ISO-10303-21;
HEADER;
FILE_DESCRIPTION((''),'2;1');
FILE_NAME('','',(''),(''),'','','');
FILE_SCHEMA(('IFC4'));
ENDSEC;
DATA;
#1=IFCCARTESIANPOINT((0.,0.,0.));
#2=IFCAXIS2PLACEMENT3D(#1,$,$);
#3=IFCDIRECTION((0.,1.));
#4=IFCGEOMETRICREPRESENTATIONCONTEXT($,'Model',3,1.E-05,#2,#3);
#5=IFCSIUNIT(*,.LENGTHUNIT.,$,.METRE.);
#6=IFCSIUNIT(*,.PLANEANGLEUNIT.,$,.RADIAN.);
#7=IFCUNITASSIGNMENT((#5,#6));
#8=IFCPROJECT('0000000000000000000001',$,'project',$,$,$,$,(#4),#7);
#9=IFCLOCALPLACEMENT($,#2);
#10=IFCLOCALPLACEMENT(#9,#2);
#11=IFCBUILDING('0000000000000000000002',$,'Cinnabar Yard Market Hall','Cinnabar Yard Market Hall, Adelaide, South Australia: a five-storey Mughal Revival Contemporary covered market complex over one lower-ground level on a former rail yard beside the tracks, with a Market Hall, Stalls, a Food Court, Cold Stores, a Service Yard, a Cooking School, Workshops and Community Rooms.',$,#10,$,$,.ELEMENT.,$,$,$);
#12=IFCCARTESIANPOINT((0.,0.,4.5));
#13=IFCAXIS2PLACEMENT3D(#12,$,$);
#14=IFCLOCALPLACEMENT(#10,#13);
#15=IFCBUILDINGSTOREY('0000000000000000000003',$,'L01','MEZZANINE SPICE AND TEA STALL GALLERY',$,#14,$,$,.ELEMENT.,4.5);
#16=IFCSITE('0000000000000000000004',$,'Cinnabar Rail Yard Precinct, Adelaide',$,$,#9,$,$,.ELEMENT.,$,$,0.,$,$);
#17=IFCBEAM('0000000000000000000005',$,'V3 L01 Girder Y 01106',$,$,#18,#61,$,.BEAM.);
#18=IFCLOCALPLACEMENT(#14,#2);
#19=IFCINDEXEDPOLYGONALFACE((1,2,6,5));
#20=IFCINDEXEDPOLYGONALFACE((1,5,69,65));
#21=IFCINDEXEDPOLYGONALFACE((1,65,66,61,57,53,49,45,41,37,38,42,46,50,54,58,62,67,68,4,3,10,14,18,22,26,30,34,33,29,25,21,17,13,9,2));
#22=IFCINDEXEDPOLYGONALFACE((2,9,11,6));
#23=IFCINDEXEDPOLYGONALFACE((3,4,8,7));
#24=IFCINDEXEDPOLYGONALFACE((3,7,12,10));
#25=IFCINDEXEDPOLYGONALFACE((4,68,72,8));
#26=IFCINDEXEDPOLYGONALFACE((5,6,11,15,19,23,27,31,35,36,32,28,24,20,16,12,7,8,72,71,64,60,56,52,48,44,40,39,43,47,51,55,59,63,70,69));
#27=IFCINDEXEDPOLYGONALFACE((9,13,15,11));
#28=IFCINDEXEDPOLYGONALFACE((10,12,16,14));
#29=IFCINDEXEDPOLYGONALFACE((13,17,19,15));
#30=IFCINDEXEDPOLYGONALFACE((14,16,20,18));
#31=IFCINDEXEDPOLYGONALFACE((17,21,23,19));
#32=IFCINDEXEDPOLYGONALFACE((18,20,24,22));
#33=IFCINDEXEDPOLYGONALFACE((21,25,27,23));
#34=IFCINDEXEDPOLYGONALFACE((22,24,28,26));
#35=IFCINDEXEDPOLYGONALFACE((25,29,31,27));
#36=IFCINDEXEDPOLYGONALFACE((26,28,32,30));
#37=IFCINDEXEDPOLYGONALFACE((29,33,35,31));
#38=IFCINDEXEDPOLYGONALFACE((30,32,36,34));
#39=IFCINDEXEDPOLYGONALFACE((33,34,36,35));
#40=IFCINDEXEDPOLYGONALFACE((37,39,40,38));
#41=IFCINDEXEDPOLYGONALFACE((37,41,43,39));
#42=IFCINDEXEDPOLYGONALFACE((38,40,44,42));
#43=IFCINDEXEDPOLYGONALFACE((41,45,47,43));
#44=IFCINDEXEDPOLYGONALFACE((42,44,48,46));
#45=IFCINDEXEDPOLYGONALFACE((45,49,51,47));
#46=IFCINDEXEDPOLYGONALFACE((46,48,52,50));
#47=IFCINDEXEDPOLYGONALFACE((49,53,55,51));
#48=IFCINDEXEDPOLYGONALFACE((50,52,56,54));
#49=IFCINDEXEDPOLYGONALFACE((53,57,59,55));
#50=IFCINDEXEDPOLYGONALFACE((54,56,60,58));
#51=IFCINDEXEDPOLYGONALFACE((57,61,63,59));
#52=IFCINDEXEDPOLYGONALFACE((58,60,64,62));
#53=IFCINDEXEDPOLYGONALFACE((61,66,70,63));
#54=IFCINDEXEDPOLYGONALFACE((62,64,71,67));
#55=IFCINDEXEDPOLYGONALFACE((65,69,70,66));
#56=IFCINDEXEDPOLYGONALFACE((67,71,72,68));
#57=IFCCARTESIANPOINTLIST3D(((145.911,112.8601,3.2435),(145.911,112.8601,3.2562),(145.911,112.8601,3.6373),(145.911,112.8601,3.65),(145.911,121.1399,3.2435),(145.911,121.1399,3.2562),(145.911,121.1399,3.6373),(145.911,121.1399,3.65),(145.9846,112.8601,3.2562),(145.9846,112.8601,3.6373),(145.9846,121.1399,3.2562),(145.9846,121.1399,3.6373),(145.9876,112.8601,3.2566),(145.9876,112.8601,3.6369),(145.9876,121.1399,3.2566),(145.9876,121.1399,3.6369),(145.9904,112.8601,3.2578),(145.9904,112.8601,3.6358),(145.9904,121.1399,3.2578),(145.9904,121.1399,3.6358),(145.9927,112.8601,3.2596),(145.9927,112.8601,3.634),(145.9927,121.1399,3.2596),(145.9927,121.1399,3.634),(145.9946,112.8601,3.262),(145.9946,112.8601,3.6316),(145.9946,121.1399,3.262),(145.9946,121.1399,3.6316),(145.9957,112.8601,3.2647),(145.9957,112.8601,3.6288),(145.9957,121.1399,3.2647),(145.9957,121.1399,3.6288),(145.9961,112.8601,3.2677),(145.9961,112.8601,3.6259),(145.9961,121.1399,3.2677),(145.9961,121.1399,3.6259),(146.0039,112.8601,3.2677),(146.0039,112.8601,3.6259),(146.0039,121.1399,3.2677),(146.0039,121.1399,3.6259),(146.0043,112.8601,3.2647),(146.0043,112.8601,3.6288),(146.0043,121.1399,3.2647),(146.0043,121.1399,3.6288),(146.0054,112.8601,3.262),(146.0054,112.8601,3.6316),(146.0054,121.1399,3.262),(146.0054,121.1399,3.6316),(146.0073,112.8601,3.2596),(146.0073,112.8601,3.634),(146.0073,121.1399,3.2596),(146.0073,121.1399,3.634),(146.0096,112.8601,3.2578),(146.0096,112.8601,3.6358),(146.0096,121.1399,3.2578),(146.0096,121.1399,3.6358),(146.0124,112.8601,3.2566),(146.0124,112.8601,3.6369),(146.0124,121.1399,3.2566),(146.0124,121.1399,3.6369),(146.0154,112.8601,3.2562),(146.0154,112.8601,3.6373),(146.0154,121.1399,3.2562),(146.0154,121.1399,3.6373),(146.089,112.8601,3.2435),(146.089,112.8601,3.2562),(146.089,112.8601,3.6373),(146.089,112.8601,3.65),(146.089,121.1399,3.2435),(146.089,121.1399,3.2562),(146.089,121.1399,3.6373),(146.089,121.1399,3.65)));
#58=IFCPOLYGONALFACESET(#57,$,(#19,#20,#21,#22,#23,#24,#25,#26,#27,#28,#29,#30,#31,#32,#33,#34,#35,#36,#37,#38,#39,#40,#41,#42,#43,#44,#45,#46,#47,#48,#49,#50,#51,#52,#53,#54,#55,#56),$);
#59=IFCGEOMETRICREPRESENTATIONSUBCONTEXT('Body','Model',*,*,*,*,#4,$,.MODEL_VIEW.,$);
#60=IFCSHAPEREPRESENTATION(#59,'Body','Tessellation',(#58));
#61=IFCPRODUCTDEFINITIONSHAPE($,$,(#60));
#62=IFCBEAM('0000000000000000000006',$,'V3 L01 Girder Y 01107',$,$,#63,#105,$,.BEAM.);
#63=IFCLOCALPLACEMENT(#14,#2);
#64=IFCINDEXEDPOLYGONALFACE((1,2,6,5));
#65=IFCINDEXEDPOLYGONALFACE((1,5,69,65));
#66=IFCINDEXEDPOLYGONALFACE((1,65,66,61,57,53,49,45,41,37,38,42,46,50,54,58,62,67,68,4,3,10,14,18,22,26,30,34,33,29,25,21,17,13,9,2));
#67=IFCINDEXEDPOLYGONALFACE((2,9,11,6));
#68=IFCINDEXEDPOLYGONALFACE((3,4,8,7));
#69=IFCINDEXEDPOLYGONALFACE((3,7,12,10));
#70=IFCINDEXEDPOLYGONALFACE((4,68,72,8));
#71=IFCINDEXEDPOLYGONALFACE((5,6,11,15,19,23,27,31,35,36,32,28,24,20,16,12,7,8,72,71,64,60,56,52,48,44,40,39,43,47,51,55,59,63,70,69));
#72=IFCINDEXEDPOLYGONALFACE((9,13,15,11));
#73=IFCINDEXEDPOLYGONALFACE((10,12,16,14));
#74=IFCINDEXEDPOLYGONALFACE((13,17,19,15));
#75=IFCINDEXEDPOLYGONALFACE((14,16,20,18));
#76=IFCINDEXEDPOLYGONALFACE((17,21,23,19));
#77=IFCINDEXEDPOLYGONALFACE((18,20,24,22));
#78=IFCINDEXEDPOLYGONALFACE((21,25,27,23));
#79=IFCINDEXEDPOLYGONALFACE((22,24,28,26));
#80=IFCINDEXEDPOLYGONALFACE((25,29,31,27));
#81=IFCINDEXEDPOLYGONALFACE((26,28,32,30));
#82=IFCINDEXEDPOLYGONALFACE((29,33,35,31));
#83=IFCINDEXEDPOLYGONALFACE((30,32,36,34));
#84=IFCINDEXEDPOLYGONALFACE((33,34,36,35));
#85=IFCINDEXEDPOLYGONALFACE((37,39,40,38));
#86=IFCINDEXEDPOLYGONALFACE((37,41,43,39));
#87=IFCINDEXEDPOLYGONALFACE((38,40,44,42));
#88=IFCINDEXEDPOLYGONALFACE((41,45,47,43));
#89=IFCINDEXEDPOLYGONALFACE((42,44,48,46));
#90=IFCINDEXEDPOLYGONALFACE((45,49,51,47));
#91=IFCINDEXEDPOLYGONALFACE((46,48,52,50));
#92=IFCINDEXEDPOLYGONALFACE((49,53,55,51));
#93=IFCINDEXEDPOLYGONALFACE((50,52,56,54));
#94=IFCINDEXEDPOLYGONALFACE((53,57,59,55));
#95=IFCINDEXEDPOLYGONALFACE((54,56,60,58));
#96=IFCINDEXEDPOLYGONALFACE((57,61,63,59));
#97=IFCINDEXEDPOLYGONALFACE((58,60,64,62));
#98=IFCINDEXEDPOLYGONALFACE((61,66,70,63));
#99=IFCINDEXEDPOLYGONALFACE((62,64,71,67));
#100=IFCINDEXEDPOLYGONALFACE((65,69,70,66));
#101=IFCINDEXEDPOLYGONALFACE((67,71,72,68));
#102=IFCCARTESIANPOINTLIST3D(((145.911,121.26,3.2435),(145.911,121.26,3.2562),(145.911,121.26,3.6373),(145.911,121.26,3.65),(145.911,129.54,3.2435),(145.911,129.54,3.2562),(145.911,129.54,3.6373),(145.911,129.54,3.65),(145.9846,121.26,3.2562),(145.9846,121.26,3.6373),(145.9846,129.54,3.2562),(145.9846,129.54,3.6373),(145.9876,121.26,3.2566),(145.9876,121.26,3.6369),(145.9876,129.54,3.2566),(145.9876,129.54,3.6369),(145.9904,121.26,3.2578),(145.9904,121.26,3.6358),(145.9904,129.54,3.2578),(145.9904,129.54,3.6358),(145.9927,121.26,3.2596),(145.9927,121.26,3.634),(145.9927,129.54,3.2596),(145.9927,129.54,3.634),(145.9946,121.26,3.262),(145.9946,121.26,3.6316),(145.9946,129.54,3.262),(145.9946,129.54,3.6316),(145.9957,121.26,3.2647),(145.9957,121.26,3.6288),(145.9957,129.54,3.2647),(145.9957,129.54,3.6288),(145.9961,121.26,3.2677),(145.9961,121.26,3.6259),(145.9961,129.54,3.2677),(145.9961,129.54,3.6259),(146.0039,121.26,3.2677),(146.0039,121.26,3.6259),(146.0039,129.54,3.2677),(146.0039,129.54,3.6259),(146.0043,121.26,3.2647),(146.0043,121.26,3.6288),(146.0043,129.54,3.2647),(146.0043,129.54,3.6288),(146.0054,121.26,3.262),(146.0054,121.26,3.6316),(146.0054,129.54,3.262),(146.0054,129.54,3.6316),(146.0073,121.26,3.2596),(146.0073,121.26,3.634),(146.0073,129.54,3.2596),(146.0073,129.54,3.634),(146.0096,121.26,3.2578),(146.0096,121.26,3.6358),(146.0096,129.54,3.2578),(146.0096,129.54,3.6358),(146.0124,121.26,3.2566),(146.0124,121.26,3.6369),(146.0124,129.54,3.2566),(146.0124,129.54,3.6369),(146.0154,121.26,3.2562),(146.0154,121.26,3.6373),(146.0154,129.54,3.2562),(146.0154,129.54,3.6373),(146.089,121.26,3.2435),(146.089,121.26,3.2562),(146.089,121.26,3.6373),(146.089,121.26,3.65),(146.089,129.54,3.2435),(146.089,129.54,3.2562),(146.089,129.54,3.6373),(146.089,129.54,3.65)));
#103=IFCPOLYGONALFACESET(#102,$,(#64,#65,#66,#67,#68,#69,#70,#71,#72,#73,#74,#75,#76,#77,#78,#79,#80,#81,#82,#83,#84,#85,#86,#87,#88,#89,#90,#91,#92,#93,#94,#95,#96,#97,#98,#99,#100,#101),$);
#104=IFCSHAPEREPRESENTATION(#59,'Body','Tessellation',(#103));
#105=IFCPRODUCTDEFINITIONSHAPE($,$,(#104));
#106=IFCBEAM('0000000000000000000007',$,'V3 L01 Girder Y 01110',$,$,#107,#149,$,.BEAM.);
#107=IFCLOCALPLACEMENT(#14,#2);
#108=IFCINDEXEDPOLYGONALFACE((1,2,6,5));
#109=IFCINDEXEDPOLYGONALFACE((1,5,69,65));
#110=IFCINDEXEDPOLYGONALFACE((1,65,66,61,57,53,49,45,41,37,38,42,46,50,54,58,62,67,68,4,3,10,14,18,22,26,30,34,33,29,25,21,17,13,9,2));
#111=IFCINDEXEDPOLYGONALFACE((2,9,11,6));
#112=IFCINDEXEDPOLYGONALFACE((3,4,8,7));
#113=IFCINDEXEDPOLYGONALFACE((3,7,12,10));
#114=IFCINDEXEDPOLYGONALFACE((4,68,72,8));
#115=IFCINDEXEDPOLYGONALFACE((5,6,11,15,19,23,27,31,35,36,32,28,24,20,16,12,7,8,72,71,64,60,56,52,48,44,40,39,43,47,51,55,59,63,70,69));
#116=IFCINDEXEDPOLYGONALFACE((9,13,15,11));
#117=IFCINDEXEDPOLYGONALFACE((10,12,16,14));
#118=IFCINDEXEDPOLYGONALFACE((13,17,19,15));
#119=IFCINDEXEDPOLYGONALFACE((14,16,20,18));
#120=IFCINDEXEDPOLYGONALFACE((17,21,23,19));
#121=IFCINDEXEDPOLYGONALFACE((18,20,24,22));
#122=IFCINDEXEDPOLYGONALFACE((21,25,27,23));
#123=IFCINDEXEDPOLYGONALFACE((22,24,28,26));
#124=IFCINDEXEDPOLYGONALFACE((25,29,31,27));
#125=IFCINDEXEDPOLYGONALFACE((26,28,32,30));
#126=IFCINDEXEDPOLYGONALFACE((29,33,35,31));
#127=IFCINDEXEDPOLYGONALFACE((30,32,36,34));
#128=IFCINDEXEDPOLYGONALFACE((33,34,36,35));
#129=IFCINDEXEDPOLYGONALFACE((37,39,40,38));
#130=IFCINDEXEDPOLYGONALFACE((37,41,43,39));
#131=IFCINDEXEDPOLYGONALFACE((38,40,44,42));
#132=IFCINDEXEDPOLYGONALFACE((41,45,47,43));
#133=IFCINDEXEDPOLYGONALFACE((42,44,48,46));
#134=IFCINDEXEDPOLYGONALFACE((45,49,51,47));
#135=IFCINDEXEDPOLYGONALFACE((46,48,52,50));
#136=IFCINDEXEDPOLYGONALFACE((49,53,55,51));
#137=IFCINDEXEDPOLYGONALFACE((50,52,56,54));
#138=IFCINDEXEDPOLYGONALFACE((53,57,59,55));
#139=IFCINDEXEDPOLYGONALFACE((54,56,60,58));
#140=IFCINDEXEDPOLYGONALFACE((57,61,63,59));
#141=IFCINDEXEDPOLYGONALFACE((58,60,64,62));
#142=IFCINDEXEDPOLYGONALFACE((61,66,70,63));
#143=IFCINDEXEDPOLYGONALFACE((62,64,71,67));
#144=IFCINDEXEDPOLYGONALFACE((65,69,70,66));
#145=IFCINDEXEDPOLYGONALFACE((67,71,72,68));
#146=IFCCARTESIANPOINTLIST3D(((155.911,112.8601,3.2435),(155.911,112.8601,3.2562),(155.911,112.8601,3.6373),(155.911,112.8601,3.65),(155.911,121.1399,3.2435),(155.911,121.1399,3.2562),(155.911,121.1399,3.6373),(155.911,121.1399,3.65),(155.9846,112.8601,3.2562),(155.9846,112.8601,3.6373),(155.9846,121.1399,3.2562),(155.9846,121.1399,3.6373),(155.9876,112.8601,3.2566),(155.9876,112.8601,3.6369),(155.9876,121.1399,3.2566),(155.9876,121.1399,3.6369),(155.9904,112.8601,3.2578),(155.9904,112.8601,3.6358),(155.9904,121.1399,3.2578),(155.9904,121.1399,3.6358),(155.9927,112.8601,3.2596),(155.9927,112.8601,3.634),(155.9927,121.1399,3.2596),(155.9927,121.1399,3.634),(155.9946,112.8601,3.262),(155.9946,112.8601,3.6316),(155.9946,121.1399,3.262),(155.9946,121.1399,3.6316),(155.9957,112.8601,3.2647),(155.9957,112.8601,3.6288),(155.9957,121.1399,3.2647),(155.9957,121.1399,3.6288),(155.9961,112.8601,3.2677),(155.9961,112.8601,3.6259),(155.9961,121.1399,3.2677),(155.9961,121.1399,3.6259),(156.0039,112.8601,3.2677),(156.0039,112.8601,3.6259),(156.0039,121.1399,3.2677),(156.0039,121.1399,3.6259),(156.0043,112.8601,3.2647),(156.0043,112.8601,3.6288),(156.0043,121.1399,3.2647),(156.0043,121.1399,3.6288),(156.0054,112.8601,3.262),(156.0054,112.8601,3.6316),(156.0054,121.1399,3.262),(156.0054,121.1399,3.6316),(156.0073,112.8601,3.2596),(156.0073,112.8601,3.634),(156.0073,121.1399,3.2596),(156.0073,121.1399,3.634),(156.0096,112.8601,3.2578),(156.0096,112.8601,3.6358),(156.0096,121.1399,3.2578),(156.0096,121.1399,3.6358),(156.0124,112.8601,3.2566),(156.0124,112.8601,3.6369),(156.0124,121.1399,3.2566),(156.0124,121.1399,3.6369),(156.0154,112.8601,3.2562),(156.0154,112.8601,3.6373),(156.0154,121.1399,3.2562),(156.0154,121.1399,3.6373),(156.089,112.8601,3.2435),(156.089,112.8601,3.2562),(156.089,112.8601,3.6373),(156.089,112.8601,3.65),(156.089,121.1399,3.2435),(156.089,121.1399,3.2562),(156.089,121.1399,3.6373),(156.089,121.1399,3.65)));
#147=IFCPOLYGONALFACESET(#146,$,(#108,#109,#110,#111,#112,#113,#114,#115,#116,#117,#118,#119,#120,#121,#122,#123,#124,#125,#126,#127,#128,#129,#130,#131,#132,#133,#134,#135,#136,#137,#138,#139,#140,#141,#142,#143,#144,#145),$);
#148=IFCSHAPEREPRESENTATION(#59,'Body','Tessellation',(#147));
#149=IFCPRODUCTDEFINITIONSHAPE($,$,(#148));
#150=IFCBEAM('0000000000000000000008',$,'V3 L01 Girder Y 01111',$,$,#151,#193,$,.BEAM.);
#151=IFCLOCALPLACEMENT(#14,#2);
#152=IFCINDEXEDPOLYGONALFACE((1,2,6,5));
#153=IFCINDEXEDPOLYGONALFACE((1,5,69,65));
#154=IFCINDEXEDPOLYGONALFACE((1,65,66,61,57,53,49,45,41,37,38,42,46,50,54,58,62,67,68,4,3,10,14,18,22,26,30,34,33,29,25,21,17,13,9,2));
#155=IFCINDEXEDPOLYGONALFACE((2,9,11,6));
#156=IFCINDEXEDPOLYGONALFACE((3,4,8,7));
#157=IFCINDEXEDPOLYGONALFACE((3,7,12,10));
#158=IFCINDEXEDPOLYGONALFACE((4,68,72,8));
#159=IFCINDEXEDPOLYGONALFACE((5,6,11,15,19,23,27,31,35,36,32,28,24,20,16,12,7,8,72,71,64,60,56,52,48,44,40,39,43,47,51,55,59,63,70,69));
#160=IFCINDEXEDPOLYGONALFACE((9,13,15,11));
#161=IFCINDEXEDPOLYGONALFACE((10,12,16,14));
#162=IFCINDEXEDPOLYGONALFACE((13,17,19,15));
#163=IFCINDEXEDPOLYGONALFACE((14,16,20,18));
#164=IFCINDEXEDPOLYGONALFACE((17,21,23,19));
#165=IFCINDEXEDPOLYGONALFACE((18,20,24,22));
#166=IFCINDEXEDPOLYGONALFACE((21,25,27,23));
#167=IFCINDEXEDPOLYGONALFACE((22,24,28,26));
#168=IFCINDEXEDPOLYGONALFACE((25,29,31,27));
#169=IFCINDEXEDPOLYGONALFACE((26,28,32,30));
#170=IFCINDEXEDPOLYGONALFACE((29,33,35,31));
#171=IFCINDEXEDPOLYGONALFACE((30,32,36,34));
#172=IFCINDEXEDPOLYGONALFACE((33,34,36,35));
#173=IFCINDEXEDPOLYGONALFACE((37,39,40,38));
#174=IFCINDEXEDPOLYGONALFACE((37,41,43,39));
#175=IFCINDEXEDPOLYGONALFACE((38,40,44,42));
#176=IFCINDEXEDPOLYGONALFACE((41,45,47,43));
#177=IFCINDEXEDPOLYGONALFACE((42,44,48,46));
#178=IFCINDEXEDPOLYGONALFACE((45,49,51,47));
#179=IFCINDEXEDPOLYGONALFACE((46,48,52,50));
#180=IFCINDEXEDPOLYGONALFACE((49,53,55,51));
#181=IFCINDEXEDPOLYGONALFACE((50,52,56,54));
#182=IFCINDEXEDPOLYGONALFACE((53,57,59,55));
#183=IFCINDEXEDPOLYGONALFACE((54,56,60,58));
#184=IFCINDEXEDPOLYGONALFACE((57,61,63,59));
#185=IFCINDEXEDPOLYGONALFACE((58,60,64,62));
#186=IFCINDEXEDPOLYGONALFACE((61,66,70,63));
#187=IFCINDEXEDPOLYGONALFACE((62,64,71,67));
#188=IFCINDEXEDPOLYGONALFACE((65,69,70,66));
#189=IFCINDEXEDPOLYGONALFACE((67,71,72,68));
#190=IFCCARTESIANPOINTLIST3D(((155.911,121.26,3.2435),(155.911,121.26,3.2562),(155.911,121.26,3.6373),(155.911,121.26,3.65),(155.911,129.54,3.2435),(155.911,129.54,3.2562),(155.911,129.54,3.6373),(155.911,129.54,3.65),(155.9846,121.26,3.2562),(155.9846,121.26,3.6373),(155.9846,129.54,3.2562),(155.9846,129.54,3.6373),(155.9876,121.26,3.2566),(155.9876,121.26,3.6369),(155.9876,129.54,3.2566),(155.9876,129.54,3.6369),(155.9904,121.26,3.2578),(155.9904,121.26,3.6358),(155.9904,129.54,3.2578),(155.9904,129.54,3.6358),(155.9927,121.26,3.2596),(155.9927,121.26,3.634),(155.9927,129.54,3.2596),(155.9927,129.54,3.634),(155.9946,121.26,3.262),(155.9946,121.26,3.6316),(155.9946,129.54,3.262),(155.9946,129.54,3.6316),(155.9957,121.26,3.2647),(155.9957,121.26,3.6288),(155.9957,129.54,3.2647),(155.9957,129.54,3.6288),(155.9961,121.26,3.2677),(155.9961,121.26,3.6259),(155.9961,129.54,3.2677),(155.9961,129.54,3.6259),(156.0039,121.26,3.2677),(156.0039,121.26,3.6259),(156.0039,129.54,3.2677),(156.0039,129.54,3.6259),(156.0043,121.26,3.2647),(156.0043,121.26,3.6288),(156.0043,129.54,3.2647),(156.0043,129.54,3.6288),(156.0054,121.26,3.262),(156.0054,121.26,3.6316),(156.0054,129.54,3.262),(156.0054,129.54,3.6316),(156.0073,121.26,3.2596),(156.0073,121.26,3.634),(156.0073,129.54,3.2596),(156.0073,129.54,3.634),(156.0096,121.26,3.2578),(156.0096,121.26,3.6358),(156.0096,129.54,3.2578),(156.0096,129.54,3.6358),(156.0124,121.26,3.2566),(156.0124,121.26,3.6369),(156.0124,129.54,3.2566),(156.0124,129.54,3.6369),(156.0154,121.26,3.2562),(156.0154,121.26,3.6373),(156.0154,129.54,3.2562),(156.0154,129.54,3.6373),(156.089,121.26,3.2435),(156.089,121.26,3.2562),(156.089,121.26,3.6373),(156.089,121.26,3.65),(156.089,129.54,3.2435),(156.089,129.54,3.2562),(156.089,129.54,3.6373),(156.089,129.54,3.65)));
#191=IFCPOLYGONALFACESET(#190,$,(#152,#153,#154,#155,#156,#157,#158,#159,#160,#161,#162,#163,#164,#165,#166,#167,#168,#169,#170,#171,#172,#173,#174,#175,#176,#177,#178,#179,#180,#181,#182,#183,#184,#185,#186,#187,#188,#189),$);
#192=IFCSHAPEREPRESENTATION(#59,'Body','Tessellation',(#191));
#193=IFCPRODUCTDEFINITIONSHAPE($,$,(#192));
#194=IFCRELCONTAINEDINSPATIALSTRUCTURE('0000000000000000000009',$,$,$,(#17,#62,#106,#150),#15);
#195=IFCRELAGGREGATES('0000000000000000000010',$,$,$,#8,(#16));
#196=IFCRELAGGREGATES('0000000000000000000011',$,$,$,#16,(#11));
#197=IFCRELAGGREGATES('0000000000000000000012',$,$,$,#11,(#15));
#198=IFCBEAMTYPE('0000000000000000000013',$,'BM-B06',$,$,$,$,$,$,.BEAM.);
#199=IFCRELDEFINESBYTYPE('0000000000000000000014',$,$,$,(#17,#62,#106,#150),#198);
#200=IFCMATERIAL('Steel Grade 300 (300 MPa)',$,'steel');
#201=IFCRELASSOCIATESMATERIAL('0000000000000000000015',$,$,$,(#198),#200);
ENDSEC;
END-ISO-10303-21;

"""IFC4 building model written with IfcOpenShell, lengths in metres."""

from ifc_helpers import new_model, si_unit, direction, frame, origin, origin_2d_with_axis, place, context, subcontext, project, spatial, i_section, extrude, material, material_profile, profile_set, type_object, element, save


model = new_model("IFC4")

# Units and contexts
model_context = context("Model", 3, precision=1e-05, world=origin(), true_north=direction((0.0, 1.0)))
body_context = subcontext(model_context, "Body", "Model", "MODEL_VIEW")
ifc_project = project(units=[si_unit("LENGTHUNIT", "METRE"), si_unit("PLANEANGLEUNIT", "RADIAN")], contexts=[model_context])

# Site, building, storey
site_placement = place(None, origin())
site = spatial("IfcSite", under=ifc_project, at=site_placement, Name="Cinnabar Rail Yard Precinct, Adelaide", CompositionType="ELEMENT", RefElevation=0.0)
building_placement = place(site_placement, origin())
building = spatial("IfcBuilding", under=site, at=building_placement, Name="Cinnabar Yard Market Hall", Description="Cinnabar Yard Market Hall, Adelaide, South Australia: a five-storey Mughal Revival Contemporary covered market complex over one lower-ground level on a former rail yard beside the tracks, with a Market Hall, Stalls, a Food Court, Cold Stores, a Service Yard, a Cooking School, Workshops and Community Rooms.", CompositionType="ELEMENT")
storey_placement = place(building_placement, frame((0.0, 0.0, 4.5)))
storey = spatial("IfcBuildingStorey", under=building, at=storey_placement, Name="L01", Description="MEZZANINE SPICE AND TEA STALL GALLERY", CompositionType="ELEMENT", Elevation=4.5)

# Shared definitions
ifc_material_1 = material(Name="Steel Grade 300 (300 MPa)", Category="steel")

# Beams
ifc_material_profile_1 = material_profile(ifc_material_1, i_section(OverallWidth=0.178, OverallDepth=0.4065, WebThickness=0.0078, FlangeThickness=0.0127, FilletRadius=0.0115, at=origin_2d_with_axis()), Name="410UB59.7")
ifc_profile_set_1 = profile_set([ifc_material_profile_1], Name="Steel Grade 300 (300 MPa)")
beam_type_1 = type_object("IfcBeamType", Name="BM-B06", PredefinedType="BEAM", material=ifc_profile_set_1)
beam_1_placement = place(storey_placement, frame((146.0, 112.8601, 3.4468), z_axis=(0.0, 1.0, 0.0), x_axis=(-1.0, 0.0, 0.0)))
element("IfcBeam", 1, at=beam_1_placement, inside=storey, type_object=beam_type_1, Name="V3 L01 Girder Y 01106", PredefinedType="BEAM", context=body_context, shape_type="SweptSolid", body=[
    extrude(i_section(OverallWidth=0.178, OverallDepth=0.4065, WebThickness=0.0078, FlangeThickness=0.0127, FilletRadius=0.0115, at=origin_2d_with_axis()), origin(), (0.0, 0.0, 1.0), 8.2798),
])
beam_2_placement = place(storey_placement, frame((146.0, 121.26, 3.4468), z_axis=(0.0, 1.0, 0.0), x_axis=(-1.0, 0.0, 0.0)))
element("IfcBeam", 2, at=beam_2_placement, inside=storey, type_object=beam_type_1, Name="V3 L01 Girder Y 01107", PredefinedType="BEAM", context=body_context, shape_type="SweptSolid", body=[
    extrude(i_section(OverallWidth=0.178, OverallDepth=0.4065, WebThickness=0.0078, FlangeThickness=0.0127, FilletRadius=0.0115, at=origin_2d_with_axis()), origin(), (0.0, 0.0, 1.0), 8.28),
])
beam_3_placement = place(storey_placement, frame((156.0, 112.8601, 3.4468), z_axis=(0.0, 1.0, 0.0), x_axis=(-1.0, 0.0, 0.0)))
element("IfcBeam", 3, at=beam_3_placement, inside=storey, type_object=beam_type_1, Name="V3 L01 Girder Y 01110", PredefinedType="BEAM", context=body_context, shape_type="SweptSolid", body=[
    extrude(i_section(OverallWidth=0.178, OverallDepth=0.4065, WebThickness=0.0078, FlangeThickness=0.0127, FilletRadius=0.0115, at=origin_2d_with_axis()), origin(), (0.0, 0.0, 1.0), 8.2798),
])
beam_4_placement = place(storey_placement, frame((156.0, 121.26, 3.4468), z_axis=(0.0, 1.0, 0.0), x_axis=(-1.0, 0.0, 0.0)))
element("IfcBeam", 4, at=beam_4_placement, inside=storey, type_object=beam_type_1, Name="V3 L01 Girder Y 01111", PredefinedType="BEAM", context=body_context, shape_type="SweptSolid", body=[
    extrude(i_section(OverallWidth=0.178, OverallDepth=0.4065, WebThickness=0.0078, FlangeThickness=0.0127, FilletRadius=0.0115, at=origin_2d_with_axis()), origin(), (0.0, 0.0, 1.0), 8.28),
])

save(model, "model.ifc")
